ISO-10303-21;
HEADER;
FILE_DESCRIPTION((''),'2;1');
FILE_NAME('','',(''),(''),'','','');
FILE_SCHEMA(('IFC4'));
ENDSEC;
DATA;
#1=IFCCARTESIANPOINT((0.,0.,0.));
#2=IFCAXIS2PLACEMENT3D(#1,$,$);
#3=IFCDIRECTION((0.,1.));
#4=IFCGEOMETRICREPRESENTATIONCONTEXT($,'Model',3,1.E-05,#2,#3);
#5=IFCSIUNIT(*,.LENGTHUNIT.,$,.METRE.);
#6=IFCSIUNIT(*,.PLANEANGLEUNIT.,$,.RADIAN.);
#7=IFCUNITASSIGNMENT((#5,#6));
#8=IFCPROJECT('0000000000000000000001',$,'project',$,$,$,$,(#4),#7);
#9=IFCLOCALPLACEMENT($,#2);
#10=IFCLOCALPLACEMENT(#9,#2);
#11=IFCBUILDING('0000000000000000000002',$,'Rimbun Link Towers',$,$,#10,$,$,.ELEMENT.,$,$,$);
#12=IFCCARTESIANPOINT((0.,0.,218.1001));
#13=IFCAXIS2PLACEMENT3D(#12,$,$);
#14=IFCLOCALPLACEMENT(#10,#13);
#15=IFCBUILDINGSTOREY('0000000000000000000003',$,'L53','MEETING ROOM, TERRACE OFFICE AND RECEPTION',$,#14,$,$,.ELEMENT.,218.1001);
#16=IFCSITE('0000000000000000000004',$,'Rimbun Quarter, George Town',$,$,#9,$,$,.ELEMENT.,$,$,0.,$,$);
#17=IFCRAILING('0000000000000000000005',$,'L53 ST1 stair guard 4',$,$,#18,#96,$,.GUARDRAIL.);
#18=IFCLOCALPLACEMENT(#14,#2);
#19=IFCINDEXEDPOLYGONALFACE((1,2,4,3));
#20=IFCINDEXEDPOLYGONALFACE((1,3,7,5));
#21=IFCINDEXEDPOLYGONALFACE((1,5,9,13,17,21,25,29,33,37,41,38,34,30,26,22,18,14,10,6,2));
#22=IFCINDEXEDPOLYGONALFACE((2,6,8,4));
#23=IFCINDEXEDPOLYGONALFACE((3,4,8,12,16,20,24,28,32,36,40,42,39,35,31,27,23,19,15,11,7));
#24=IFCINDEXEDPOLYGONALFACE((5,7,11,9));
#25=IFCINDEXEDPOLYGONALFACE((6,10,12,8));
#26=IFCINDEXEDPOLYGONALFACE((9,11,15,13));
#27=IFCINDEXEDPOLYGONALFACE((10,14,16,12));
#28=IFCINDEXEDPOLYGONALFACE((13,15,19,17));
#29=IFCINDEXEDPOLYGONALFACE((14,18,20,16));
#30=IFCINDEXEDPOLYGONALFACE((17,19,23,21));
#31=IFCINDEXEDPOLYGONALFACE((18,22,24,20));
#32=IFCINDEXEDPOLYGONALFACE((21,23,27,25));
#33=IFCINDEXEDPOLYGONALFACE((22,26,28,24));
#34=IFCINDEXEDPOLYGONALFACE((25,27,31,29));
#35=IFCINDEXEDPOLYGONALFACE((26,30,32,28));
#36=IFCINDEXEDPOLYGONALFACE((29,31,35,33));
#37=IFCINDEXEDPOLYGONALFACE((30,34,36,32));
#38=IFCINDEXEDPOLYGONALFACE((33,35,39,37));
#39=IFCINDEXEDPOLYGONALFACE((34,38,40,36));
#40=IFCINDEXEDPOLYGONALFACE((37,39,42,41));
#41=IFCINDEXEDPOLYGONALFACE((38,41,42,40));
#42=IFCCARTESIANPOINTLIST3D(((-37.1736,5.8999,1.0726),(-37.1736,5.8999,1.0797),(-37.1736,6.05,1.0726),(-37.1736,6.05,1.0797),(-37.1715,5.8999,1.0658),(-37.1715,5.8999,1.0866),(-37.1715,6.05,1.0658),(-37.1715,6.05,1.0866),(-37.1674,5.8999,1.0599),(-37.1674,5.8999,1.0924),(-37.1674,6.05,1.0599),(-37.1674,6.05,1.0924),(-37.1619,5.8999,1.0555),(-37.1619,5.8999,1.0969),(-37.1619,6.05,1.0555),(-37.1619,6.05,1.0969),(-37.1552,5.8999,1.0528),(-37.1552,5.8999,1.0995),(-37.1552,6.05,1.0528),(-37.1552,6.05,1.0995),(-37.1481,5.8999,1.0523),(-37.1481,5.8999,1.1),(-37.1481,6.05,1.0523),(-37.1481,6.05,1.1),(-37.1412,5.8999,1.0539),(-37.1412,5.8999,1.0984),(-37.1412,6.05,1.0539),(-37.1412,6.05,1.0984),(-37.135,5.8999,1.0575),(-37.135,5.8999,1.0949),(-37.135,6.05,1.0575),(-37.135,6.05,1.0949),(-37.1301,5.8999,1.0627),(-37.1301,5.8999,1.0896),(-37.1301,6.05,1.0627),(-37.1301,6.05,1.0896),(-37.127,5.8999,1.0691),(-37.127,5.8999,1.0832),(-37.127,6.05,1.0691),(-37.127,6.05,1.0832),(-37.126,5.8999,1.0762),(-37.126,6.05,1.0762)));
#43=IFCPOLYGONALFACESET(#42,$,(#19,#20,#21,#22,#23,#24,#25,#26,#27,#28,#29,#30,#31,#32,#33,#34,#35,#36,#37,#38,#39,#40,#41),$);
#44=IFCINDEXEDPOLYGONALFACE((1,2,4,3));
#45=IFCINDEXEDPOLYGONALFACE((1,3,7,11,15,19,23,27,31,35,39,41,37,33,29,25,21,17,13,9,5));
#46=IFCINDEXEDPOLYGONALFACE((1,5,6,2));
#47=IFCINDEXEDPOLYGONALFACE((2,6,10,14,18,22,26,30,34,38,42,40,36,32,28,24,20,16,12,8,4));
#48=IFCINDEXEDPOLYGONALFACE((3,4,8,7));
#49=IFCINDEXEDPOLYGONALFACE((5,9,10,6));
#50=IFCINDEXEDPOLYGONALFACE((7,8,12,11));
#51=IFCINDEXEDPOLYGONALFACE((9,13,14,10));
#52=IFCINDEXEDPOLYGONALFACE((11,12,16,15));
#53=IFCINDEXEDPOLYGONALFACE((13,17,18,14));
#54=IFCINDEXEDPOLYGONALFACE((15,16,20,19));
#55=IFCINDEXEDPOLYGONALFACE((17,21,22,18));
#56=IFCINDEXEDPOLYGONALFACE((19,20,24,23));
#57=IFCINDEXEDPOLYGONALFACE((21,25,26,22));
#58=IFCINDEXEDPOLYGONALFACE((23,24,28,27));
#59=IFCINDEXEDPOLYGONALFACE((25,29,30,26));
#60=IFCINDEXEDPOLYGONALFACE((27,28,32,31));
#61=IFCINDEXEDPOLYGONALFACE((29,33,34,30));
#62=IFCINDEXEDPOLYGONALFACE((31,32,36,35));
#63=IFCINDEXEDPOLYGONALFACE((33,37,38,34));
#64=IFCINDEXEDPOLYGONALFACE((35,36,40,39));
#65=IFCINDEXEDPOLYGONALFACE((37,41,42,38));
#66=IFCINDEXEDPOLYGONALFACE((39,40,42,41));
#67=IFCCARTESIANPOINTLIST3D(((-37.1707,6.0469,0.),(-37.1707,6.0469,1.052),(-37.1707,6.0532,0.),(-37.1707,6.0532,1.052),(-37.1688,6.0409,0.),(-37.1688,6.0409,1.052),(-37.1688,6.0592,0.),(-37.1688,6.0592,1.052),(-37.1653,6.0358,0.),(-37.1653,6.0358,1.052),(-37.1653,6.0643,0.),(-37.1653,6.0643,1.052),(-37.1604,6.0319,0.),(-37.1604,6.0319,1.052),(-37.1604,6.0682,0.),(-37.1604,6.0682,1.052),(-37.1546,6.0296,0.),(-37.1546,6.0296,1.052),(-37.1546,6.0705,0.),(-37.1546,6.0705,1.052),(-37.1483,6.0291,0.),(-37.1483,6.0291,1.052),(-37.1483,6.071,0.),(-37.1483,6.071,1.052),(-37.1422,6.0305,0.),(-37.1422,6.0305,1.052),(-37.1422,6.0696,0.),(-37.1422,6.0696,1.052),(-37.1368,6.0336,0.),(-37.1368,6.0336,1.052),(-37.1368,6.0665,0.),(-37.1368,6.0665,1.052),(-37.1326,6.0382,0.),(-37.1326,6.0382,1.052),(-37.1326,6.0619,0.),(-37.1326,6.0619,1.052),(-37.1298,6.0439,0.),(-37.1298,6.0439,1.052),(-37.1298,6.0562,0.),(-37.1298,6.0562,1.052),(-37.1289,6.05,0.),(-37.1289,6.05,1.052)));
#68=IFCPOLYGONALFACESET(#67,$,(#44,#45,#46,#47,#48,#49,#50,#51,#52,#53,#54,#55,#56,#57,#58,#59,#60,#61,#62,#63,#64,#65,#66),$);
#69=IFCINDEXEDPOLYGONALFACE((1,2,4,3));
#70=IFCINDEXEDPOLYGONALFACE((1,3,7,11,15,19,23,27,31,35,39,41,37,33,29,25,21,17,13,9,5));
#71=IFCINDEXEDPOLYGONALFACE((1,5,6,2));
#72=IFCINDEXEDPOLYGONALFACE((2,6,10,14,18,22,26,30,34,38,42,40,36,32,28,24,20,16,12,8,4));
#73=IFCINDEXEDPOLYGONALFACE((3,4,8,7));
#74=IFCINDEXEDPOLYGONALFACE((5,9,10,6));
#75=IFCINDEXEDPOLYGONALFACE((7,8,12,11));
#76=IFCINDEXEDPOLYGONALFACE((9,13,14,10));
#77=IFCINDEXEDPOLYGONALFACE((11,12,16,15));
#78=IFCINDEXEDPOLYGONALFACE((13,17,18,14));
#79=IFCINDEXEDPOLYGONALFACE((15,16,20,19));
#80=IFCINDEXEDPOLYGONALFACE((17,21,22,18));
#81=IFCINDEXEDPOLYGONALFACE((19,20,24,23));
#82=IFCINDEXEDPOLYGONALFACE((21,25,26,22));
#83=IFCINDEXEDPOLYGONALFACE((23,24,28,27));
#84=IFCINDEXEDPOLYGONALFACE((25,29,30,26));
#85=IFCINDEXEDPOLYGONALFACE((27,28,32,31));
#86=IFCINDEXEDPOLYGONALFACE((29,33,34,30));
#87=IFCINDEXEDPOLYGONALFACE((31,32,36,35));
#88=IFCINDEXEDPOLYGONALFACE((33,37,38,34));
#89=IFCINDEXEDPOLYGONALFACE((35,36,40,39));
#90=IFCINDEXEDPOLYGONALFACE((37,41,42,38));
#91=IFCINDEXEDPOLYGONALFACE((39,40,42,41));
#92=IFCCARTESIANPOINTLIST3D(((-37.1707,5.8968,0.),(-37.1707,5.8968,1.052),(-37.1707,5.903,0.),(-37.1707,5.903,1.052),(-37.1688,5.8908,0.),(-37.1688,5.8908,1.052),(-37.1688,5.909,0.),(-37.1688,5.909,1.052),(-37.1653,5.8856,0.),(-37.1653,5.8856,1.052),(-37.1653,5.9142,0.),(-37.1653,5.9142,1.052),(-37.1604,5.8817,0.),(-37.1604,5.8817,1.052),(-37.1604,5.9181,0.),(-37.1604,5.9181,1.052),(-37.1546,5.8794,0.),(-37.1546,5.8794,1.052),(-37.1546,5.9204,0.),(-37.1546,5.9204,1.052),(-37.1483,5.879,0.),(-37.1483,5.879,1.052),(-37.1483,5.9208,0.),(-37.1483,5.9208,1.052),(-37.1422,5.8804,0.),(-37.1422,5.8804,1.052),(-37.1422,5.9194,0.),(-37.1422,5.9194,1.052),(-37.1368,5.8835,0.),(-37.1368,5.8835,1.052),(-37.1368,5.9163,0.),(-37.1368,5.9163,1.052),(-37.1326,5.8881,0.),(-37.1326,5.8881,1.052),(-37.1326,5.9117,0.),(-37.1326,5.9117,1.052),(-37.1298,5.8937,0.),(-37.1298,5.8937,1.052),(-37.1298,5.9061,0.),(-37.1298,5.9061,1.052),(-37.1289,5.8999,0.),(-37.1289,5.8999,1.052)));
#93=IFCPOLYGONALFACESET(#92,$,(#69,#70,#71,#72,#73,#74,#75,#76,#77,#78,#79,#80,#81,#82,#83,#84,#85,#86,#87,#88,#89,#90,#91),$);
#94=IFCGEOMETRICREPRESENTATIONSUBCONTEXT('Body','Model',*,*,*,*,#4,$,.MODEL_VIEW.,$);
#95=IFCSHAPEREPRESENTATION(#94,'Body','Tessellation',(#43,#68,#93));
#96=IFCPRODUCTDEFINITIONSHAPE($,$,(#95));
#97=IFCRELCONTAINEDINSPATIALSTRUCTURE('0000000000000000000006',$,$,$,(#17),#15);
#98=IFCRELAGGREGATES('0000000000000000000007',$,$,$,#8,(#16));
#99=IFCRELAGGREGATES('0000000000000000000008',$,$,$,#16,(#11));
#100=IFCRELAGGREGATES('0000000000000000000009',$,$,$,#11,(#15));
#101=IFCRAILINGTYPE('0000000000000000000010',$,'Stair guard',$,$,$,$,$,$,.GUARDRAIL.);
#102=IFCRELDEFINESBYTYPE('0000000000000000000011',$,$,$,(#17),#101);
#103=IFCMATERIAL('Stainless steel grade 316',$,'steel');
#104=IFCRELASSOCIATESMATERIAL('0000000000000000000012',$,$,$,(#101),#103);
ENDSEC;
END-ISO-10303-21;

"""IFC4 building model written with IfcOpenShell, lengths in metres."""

from ifc_helpers import new_model, si_unit, direction, frame, origin, origin_2d, place, context, subcontext, project, spatial, circle, extrude, material, type_object, element, save


model = new_model("IFC4")

# Units and contexts
model_context = context("Model", 3, precision=1e-05, world=origin(), true_north=direction((0.0, 1.0)))
body_context = subcontext(model_context, "Body", "Model", "MODEL_VIEW")
ifc_project = project(units=[si_unit("LENGTHUNIT", "METRE"), si_unit("PLANEANGLEUNIT", "RADIAN")], contexts=[model_context])

# Site, building, storey
site_placement = place(None, origin())
site = spatial("IfcSite", under=ifc_project, at=site_placement, Name="Rimbun Quarter, George Town", CompositionType="ELEMENT", RefElevation=0.0)
building_placement = place(site_placement, origin())
building = spatial("IfcBuilding", under=site, at=building_placement, Name="Rimbun Link Towers", CompositionType="ELEMENT")
storey_placement = place(building_placement, frame((0.0, 0.0, 218.1001)))
storey = spatial("IfcBuildingStorey", under=building, at=storey_placement, Name="L53", Description="MEETING ROOM, TERRACE OFFICE AND RECEPTION", CompositionType="ELEMENT", Elevation=218.1001)

# Railing
ifc_material_1 = material(Name="Stainless steel grade 316", Category="steel")
railing_type_1 = type_object("IfcRailingType", Name="Stair guard", PredefinedType="GUARDRAIL", material=ifc_material_1)
railing_1_placement = place(storey_placement, frame((-37.1499, 6.05, 0.0)))
element("IfcRailing", 1, at=railing_1_placement, inside=storey, type_object=railing_type_1, Name="L53 ST1 stair guard 4", PredefinedType="GUARDRAIL", context=body_context, shape_type="SweptSolid", body=[
    extrude(circle(Radius=0.0239, at=origin_2d()), frame((0.0, 0.0, 1.0762), z_axis=(0.0, -1.0, 0.0), x_axis=(1.0, 0.0, 0.0)), (0.0, 0.0, 1.0), 0.1501),
    extrude(circle(Radius=0.021, at=origin_2d()), origin(), (0.0, 0.0, 1.0), 1.052),
    extrude(circle(Radius=0.021, at=origin_2d()), frame((0.0, -0.1501, 0.0)), (0.0, 0.0, 1.0), 1.052),
])

save(model, "model.ifc")
